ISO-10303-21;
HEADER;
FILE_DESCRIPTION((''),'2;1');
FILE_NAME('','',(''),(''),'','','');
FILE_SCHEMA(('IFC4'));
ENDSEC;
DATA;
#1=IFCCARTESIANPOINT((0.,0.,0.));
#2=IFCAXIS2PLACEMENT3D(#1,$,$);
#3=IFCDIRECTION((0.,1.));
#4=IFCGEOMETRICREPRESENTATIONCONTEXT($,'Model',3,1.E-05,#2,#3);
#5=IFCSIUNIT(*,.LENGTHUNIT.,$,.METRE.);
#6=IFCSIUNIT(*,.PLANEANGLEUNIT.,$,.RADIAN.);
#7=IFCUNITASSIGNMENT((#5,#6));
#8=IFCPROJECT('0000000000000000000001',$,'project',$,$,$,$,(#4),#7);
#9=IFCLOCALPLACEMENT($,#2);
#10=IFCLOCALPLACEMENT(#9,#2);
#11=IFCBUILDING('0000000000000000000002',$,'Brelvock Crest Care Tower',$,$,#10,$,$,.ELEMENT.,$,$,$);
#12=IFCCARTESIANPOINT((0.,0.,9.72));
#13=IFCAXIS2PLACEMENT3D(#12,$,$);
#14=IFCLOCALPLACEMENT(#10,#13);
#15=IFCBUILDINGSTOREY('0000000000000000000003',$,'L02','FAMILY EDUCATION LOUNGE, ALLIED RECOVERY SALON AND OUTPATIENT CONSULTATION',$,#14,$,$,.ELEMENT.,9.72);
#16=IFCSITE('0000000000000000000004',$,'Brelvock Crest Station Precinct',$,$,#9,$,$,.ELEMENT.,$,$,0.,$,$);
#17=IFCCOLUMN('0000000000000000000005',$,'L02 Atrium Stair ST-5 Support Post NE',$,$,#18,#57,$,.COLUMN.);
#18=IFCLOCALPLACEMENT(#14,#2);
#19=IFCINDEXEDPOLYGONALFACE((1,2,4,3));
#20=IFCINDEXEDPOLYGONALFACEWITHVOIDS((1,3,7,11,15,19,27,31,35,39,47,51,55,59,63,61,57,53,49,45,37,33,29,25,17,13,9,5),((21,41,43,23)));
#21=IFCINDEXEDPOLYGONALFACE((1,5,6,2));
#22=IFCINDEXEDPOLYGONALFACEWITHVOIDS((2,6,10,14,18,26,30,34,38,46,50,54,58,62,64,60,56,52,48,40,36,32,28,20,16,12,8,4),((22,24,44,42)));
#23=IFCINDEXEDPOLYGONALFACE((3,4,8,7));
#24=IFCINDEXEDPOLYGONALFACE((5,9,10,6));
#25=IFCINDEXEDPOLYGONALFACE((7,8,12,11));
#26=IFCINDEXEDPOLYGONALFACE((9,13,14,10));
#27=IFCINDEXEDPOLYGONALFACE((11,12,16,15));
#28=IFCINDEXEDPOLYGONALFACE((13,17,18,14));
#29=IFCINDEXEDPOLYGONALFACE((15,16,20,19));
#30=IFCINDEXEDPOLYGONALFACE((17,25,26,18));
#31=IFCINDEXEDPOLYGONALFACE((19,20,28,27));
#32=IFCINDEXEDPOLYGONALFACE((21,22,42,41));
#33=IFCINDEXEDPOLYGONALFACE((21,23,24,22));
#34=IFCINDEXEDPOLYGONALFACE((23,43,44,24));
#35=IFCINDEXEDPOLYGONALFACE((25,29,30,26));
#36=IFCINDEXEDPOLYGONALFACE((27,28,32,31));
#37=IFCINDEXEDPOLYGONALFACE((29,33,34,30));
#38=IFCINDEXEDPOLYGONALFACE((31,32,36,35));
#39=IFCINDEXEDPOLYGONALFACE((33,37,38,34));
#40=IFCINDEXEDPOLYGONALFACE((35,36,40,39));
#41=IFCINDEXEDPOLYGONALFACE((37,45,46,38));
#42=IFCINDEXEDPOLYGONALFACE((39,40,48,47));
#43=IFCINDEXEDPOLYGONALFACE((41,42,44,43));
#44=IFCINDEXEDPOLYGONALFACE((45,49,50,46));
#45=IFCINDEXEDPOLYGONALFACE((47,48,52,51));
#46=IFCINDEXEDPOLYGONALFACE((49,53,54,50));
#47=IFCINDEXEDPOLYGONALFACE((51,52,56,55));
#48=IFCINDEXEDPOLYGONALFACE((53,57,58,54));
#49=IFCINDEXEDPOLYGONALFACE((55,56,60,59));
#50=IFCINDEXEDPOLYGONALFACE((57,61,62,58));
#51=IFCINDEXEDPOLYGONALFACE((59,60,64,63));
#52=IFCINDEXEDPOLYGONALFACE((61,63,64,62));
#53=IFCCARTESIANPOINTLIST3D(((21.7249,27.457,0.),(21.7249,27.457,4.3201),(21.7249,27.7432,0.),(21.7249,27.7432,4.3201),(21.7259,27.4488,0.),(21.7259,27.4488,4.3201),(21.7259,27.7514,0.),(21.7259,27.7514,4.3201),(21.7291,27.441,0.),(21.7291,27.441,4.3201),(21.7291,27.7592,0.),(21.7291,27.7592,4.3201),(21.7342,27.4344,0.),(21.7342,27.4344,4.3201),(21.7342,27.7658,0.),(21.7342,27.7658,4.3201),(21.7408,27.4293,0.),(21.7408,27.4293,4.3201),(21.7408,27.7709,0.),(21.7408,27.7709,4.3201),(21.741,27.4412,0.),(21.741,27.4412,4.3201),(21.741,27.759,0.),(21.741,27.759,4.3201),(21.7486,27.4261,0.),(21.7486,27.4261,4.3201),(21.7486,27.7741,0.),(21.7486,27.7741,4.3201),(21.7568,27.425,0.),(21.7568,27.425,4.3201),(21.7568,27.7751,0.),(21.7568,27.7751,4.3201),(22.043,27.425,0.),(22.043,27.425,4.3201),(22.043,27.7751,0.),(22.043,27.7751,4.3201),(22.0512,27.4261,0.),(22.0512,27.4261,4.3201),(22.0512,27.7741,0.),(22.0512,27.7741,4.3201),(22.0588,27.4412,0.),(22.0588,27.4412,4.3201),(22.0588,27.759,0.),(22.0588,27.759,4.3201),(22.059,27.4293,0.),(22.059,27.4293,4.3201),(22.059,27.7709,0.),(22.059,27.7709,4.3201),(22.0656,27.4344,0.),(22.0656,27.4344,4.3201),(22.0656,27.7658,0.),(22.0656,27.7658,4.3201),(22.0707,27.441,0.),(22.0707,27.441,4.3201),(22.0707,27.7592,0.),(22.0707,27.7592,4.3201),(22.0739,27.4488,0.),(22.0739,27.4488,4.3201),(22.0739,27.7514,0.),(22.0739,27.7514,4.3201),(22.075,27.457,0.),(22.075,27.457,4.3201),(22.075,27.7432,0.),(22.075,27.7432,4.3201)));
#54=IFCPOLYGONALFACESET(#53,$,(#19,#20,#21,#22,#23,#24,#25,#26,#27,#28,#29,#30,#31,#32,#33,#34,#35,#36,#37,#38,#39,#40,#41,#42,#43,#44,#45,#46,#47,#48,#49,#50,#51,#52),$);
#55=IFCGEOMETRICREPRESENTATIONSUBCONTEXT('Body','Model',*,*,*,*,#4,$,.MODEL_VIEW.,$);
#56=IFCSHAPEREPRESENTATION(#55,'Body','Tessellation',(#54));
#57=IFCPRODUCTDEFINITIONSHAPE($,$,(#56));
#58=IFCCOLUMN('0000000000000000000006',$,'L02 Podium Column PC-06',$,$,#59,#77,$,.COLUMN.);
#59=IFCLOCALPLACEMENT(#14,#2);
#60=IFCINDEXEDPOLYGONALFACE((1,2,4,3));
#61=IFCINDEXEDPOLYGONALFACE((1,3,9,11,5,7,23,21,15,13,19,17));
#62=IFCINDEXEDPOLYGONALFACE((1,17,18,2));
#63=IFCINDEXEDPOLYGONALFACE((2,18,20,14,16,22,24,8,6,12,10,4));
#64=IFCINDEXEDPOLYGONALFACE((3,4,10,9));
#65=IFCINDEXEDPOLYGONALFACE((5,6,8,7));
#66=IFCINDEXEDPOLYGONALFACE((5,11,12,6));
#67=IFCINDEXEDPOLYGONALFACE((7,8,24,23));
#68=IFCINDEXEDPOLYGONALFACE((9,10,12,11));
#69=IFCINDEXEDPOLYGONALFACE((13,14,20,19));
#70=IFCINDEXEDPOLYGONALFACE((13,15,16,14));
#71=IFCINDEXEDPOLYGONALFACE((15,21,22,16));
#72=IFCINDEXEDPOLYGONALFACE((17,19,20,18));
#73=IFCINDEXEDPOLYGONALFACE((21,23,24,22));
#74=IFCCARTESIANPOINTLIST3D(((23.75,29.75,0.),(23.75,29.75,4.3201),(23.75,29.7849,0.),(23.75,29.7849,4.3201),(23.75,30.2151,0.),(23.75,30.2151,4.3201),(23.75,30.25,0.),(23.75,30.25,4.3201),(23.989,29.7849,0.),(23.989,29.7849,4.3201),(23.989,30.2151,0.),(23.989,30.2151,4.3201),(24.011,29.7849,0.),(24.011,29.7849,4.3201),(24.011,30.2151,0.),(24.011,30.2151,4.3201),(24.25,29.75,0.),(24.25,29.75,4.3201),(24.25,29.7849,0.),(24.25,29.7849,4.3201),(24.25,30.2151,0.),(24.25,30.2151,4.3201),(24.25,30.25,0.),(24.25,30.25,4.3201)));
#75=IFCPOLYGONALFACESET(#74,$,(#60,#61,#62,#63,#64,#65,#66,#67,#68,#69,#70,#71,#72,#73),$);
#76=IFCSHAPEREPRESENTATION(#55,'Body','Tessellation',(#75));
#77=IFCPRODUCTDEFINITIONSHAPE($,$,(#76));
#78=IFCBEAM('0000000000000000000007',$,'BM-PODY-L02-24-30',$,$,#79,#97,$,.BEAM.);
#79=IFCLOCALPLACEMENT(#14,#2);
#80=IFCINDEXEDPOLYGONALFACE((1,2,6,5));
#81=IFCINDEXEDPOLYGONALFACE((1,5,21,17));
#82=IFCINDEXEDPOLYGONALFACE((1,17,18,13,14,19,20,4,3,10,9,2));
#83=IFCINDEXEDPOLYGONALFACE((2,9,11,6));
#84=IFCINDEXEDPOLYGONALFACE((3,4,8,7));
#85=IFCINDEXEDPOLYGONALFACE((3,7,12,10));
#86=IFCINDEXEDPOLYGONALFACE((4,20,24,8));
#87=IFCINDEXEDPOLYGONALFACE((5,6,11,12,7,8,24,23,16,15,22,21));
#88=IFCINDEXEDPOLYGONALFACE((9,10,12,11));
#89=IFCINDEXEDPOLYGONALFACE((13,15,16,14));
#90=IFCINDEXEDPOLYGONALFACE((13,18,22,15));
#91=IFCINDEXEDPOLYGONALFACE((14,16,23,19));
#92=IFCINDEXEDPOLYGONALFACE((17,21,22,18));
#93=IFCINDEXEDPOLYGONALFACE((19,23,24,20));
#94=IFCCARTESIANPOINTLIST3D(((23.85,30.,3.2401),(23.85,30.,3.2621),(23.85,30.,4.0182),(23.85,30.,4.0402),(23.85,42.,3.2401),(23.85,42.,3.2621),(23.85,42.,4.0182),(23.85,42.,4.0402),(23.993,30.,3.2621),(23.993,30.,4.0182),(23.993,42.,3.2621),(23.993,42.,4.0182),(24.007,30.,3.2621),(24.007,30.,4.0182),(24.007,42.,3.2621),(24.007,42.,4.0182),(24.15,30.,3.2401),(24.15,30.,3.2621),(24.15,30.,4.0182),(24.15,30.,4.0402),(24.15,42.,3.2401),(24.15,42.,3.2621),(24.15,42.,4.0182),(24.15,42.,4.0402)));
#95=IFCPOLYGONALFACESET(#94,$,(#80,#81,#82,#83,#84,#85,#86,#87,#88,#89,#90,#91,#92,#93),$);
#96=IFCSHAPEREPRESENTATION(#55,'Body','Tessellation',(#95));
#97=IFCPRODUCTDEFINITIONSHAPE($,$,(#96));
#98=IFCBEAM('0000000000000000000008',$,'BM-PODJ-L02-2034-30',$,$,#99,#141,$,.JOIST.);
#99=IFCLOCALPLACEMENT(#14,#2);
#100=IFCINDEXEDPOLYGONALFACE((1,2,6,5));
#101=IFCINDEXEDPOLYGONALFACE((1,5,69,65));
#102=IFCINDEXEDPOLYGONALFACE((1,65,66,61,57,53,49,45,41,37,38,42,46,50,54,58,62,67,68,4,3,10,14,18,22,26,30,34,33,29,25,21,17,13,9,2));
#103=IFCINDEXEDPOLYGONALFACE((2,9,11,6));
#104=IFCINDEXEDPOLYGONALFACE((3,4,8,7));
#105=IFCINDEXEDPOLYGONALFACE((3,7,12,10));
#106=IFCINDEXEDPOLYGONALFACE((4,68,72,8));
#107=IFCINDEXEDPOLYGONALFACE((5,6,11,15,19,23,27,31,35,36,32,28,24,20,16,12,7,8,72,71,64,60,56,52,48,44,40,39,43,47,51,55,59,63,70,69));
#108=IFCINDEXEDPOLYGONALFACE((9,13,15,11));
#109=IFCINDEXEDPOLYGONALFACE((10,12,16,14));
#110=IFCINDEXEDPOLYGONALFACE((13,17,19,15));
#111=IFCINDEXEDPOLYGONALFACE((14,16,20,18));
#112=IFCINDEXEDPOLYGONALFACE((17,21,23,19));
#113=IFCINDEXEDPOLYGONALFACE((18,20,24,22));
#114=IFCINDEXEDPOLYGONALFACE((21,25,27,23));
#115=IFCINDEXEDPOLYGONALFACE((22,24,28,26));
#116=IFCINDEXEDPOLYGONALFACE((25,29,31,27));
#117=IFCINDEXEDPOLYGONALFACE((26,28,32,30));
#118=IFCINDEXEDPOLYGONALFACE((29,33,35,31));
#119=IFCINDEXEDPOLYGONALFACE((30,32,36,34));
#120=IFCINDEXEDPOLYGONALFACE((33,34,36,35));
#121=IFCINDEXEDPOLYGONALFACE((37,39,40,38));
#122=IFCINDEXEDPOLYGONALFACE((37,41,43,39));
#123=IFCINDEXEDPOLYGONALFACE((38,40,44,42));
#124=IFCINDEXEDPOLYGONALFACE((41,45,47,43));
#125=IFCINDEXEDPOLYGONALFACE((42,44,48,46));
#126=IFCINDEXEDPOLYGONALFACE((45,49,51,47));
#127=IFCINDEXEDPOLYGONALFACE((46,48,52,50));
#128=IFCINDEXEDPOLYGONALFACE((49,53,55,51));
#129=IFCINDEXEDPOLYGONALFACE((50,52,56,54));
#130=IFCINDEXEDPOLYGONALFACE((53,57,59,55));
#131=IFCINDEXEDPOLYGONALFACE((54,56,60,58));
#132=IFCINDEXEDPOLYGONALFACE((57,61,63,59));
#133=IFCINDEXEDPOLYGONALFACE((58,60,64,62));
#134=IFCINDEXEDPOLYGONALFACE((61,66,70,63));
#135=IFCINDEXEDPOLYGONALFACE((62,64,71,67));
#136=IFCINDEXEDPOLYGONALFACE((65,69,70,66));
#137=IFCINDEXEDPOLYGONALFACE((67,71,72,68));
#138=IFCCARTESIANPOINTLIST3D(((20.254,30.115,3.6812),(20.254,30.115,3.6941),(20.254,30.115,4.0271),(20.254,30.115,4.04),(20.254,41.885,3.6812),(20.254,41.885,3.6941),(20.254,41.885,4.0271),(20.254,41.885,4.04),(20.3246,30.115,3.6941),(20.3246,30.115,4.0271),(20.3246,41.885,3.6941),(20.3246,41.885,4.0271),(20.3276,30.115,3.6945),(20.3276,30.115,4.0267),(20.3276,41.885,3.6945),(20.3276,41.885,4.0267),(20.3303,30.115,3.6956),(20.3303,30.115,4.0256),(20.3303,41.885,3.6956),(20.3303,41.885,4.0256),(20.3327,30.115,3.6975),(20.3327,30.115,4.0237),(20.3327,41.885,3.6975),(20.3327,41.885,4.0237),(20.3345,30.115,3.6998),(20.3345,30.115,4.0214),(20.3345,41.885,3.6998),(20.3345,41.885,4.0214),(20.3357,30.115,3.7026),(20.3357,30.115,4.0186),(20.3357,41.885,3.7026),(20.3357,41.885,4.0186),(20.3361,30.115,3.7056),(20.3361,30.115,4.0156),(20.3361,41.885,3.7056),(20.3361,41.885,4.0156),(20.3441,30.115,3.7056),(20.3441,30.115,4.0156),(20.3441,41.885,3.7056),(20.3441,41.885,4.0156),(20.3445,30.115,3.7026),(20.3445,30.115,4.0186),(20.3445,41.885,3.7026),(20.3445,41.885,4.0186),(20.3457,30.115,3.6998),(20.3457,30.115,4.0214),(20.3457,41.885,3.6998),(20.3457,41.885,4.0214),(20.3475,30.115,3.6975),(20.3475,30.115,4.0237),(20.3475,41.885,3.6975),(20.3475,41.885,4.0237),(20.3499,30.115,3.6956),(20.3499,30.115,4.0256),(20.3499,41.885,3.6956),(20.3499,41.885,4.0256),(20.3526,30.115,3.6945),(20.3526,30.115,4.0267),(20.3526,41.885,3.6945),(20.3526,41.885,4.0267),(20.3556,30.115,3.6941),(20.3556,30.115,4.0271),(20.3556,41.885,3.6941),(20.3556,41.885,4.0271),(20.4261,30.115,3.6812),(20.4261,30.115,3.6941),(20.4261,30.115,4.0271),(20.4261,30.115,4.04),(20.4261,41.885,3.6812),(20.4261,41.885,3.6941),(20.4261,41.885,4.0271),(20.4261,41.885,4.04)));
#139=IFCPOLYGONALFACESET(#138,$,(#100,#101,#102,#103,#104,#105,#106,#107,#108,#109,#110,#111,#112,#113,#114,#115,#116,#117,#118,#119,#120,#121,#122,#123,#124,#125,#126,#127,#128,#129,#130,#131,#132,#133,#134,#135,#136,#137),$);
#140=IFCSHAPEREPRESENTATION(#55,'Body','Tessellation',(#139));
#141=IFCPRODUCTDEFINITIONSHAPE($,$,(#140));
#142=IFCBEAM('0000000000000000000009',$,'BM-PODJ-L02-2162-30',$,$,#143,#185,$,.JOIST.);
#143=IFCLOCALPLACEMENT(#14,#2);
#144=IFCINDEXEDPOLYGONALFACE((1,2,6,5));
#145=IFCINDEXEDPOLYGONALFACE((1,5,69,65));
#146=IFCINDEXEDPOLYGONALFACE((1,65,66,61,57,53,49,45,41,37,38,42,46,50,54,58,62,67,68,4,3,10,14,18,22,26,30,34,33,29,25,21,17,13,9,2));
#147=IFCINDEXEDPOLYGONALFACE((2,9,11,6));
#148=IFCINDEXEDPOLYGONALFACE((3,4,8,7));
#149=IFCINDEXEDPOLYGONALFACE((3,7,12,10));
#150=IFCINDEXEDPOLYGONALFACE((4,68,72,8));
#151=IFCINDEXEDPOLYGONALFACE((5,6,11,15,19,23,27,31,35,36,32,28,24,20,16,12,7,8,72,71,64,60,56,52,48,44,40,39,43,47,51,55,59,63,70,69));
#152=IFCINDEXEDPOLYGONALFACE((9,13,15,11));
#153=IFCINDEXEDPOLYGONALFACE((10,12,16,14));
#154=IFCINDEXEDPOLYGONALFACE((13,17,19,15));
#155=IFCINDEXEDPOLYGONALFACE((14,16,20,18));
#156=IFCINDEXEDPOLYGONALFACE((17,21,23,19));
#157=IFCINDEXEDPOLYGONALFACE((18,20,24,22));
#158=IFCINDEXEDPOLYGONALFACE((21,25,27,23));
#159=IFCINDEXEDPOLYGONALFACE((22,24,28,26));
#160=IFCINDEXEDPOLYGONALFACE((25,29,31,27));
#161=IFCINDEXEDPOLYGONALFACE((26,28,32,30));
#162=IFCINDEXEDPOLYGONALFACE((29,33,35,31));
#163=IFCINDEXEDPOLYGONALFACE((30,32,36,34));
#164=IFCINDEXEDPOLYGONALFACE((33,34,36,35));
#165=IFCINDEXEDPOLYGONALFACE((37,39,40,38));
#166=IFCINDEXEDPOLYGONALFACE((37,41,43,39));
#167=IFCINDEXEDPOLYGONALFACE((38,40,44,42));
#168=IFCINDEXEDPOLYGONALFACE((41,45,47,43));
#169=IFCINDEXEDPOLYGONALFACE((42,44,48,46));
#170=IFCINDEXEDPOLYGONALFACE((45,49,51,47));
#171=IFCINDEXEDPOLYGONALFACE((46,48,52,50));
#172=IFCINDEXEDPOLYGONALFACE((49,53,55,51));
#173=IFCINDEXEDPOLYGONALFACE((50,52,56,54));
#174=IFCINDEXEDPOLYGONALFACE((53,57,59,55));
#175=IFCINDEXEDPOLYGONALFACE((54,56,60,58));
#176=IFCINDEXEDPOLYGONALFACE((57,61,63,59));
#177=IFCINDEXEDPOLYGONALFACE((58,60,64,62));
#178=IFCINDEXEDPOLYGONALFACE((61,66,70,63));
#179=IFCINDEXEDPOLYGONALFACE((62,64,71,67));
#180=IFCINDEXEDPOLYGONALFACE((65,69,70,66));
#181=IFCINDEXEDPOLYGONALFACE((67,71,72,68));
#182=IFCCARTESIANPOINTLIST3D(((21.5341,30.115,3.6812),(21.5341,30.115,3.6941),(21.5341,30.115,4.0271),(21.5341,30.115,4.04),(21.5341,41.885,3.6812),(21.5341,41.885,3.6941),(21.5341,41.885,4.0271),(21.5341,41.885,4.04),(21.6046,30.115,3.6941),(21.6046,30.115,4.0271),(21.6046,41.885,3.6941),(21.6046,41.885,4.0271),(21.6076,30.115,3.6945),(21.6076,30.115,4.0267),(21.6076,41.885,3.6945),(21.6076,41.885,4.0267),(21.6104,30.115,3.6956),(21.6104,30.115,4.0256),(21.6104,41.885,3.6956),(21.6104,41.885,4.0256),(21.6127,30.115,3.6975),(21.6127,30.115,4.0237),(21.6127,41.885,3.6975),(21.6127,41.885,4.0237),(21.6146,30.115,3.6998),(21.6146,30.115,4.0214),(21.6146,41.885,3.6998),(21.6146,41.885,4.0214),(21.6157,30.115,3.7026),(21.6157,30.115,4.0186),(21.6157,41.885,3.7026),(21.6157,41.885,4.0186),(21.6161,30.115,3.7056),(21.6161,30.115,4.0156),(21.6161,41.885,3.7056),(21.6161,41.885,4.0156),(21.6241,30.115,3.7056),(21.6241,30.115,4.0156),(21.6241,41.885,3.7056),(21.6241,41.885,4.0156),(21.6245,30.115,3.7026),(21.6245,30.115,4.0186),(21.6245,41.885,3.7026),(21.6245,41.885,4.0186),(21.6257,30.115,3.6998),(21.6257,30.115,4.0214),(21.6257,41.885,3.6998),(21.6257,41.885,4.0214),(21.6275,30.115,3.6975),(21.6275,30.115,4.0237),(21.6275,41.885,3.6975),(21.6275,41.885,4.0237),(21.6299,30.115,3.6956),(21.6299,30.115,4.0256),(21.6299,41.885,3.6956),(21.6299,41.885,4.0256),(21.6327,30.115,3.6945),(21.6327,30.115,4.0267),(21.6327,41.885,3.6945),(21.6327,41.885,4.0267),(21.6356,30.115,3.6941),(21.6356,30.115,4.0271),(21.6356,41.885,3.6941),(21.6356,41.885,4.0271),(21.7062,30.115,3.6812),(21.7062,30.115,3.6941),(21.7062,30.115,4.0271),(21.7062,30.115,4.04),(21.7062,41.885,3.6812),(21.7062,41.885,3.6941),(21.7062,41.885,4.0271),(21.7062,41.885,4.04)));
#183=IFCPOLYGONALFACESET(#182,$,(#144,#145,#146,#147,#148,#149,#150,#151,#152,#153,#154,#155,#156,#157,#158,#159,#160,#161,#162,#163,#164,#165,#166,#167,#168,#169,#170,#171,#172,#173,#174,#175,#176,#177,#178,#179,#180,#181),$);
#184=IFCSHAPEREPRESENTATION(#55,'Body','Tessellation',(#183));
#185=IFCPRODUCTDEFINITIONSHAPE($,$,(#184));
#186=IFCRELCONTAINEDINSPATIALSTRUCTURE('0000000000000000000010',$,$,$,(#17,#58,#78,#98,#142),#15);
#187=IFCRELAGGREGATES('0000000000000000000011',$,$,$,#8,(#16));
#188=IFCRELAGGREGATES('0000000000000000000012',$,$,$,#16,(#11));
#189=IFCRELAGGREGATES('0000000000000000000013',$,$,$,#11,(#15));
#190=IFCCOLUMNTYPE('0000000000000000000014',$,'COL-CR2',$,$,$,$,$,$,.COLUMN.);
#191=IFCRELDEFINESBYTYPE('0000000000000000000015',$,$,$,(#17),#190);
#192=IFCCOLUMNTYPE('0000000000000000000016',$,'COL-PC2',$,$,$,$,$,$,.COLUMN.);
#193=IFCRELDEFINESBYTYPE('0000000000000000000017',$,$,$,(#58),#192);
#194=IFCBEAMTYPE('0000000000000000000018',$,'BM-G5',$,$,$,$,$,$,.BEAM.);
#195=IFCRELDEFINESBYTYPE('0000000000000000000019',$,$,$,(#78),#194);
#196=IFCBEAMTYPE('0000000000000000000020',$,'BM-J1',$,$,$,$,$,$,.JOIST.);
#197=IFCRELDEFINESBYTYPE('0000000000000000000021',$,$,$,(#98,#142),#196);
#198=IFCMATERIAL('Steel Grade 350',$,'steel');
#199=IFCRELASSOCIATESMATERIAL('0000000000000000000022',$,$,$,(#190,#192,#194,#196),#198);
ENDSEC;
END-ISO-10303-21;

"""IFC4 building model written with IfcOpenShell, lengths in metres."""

from ifc_helpers import new_model, si_unit, direction, frame, origin, origin_2d, place, context, subcontext, project, spatial, hollow_rectangle, i_section, extrude, source, transform, mapped, material, material_profile, profile_set, type_object, element, save


model = new_model("IFC4")

# Units and contexts
model_context = context("Model", 3, precision=1e-05, world=origin(), true_north=direction((0.0, 1.0)))
body_context = subcontext(model_context, "Body", "Model", "MODEL_VIEW")
ifc_project = project(units=[si_unit("LENGTHUNIT", "METRE"), si_unit("PLANEANGLEUNIT", "RADIAN")], contexts=[model_context])

# Site, building, storey
site_placement = place(None, origin())
site = spatial("IfcSite", under=ifc_project, at=site_placement, Name="Brelvock Crest Station Precinct", CompositionType="ELEMENT", RefElevation=0.0)
building_placement = place(site_placement, origin())
building = spatial("IfcBuilding", under=site, at=building_placement, Name="Brelvock Crest Care Tower", CompositionType="ELEMENT")
storey_placement = place(building_placement, frame((0.0, 0.0, 9.72)))
storey = spatial("IfcBuildingStorey", under=building, at=storey_placement, Name="L02", Description="FAMILY EDUCATION LOUNGE, ALLIED RECOVERY SALON AND OUTPATIENT CONSULTATION", CompositionType="ELEMENT", Elevation=9.72)

# Columns
ifc_material_1 = material(Name="Steel Grade 350", Category="steel")
ifc_material_profile_1 = material_profile(ifc_material_1, hollow_rectangle(XDim=0.3501, YDim=0.3501, WallThickness=0.0161, OuterFilletRadius=0.032, at=origin_2d()), Name="SHS350x350x16.0")
ifc_profile_set_1 = profile_set([ifc_material_profile_1], Name="Steel Grade 350")
column_type_1 = type_object("IfcColumnType", Name="COL-CR2", PredefinedType="COLUMN", material=ifc_profile_set_1)
shared_shape_1 = source(origin(), body_context, "Body", "SweptSolid", [
    extrude(hollow_rectangle(XDim=0.3501, YDim=0.3501, WallThickness=0.0161, OuterFilletRadius=0.032, at=origin_2d()), origin(), (0.0, 0.0, 1.0), 4.3201),
])
column_1_placement = place(storey_placement, frame((21.8999, 27.6001, 0.0), z_axis=(0.0, 0.0, 1.0), x_axis=(1.0, 0.0, 0.0)))
element("IfcColumn", 1, at=column_1_placement, inside=storey, type_object=column_type_1, Name="L02 Atrium Stair ST-5 Support Post NE", PredefinedType="COLUMN", context=body_context, shape_type="MappedRepresentation", body=[
    mapped(shared_shape_1, transform((0.0, 0.0, 0.0), x_axis=(1.0, 0.0, 0.0), y_axis=(0.0, 1.0, 0.0), z_axis=(0.0, 0.0, 1.0), scale=1.0)),
])
ifc_material_profile_2 = material_profile(ifc_material_1, i_section(OverallWidth=0.5, OverallDepth=0.5, WebThickness=0.022, FlangeThickness=0.0349, at=origin_2d()), Name="500WC340")
ifc_profile_set_2 = profile_set([ifc_material_profile_2], Name="Steel Grade 350")
column_type_2 = type_object("IfcColumnType", Name="COL-PC2", PredefinedType="COLUMN", material=ifc_profile_set_2)
shared_shape_2 = source(origin(), body_context, "Body", "SweptSolid", [
    extrude(i_section(OverallWidth=0.5, OverallDepth=0.5, WebThickness=0.022, FlangeThickness=0.0349, at=origin_2d()), origin(), (0.0, 0.0, 1.0), 4.3201),
])
column_2_placement = place(storey_placement, frame((24.0, 30.0, 0.0), z_axis=(0.0, 0.0, 1.0), x_axis=(1.0, 0.0, 0.0)))
element("IfcColumn", 2, at=column_2_placement, inside=storey, type_object=column_type_2, Name="L02 Podium Column PC-06", PredefinedType="COLUMN", context=body_context, shape_type="MappedRepresentation", body=[
    mapped(shared_shape_2, transform((0.0, 0.0, 0.0), x_axis=(1.0, 0.0, 0.0), y_axis=(0.0, 1.0, 0.0), z_axis=(0.0, 0.0, 1.0), scale=1.0)),
])

# Beams
ifc_material_profile_3 = material_profile(ifc_material_1, i_section(OverallWidth=0.3, OverallDepth=0.8, WebThickness=0.0139, FlangeThickness=0.022, at=origin_2d()), Name="800WB192")
ifc_profile_set_3 = profile_set([ifc_material_profile_3], Name="Steel Grade 350")
beam_type_1 = type_object("IfcBeamType", Name="BM-G5", PredefinedType="BEAM", material=ifc_profile_set_3)
shared_shape_3 = source(origin(), body_context, "Body", "SweptSolid", [
    extrude(i_section(OverallWidth=0.3, OverallDepth=0.8, WebThickness=0.0139, FlangeThickness=0.022, at=origin_2d()), origin(), (0.0, 0.0, 1.0), 12.0),
])
beam_1_placement = place(storey_placement, frame((24.0, 30.0, 3.6401), z_axis=(0.0, 1.0, 0.0), x_axis=(-1.0, 0.0, 0.0)))
element("IfcBeam", 3, at=beam_1_placement, inside=storey, type_object=beam_type_1, Name="BM-PODY-L02-24-30", PredefinedType="BEAM", context=body_context, shape_type="MappedRepresentation", body=[
    mapped(shared_shape_3, transform((0.0, 0.0, 0.0), x_axis=(1.0, 0.0, 0.0), y_axis=(0.0, 1.0, 0.0), z_axis=(0.0, 0.0, 1.0), scale=1.0)),
])
ifc_material_profile_4 = material_profile(ifc_material_1, i_section(OverallWidth=0.1721, OverallDepth=0.3589, WebThickness=0.0081, FlangeThickness=0.0129, FilletRadius=0.0115, at=origin_2d()), Name="360UB56.7")
ifc_profile_set_4 = profile_set([ifc_material_profile_4], Name="Steel Grade 350")
beam_type_2 = type_object("IfcBeamType", Name="BM-J1", PredefinedType="JOIST", material=ifc_profile_set_4)
shared_shape_4 = source(origin(), body_context, "Body", "SweptSolid", [
    extrude(i_section(OverallWidth=0.1721, OverallDepth=0.3589, WebThickness=0.0081, FlangeThickness=0.0129, FilletRadius=0.0115, at=origin_2d()), origin(), (0.0, 0.0, 1.0), 11.77),
])
for number, where, z_axis, x_axis, name in (
    (4, (20.3401, 30.115, 3.8606), (0.0, 1.0, 0.0), (-1.0, 0.0, 0.0), "BM-PODJ-L02-2034-30"),
    (5, (21.6201, 30.115, 3.8606), (0.0, 1.0, 0.0), (-1.0, 0.0, 0.0), "BM-PODJ-L02-2162-30"),
):
    element("IfcBeam", number, at=place(storey_placement, frame(where, z_axis=z_axis, x_axis=x_axis)), inside=storey, type_object=beam_type_2, Name=name, PredefinedType="JOIST", context=body_context, shape_type="MappedRepresentation", body=[
        mapped(shared_shape_4, transform((0.0, 0.0, 0.0), x_axis=(1.0, 0.0, 0.0), y_axis=(0.0, 1.0, 0.0), z_axis=(0.0, 0.0, 1.0), scale=1.0)),
    ])

save(model, "model.ifc")
